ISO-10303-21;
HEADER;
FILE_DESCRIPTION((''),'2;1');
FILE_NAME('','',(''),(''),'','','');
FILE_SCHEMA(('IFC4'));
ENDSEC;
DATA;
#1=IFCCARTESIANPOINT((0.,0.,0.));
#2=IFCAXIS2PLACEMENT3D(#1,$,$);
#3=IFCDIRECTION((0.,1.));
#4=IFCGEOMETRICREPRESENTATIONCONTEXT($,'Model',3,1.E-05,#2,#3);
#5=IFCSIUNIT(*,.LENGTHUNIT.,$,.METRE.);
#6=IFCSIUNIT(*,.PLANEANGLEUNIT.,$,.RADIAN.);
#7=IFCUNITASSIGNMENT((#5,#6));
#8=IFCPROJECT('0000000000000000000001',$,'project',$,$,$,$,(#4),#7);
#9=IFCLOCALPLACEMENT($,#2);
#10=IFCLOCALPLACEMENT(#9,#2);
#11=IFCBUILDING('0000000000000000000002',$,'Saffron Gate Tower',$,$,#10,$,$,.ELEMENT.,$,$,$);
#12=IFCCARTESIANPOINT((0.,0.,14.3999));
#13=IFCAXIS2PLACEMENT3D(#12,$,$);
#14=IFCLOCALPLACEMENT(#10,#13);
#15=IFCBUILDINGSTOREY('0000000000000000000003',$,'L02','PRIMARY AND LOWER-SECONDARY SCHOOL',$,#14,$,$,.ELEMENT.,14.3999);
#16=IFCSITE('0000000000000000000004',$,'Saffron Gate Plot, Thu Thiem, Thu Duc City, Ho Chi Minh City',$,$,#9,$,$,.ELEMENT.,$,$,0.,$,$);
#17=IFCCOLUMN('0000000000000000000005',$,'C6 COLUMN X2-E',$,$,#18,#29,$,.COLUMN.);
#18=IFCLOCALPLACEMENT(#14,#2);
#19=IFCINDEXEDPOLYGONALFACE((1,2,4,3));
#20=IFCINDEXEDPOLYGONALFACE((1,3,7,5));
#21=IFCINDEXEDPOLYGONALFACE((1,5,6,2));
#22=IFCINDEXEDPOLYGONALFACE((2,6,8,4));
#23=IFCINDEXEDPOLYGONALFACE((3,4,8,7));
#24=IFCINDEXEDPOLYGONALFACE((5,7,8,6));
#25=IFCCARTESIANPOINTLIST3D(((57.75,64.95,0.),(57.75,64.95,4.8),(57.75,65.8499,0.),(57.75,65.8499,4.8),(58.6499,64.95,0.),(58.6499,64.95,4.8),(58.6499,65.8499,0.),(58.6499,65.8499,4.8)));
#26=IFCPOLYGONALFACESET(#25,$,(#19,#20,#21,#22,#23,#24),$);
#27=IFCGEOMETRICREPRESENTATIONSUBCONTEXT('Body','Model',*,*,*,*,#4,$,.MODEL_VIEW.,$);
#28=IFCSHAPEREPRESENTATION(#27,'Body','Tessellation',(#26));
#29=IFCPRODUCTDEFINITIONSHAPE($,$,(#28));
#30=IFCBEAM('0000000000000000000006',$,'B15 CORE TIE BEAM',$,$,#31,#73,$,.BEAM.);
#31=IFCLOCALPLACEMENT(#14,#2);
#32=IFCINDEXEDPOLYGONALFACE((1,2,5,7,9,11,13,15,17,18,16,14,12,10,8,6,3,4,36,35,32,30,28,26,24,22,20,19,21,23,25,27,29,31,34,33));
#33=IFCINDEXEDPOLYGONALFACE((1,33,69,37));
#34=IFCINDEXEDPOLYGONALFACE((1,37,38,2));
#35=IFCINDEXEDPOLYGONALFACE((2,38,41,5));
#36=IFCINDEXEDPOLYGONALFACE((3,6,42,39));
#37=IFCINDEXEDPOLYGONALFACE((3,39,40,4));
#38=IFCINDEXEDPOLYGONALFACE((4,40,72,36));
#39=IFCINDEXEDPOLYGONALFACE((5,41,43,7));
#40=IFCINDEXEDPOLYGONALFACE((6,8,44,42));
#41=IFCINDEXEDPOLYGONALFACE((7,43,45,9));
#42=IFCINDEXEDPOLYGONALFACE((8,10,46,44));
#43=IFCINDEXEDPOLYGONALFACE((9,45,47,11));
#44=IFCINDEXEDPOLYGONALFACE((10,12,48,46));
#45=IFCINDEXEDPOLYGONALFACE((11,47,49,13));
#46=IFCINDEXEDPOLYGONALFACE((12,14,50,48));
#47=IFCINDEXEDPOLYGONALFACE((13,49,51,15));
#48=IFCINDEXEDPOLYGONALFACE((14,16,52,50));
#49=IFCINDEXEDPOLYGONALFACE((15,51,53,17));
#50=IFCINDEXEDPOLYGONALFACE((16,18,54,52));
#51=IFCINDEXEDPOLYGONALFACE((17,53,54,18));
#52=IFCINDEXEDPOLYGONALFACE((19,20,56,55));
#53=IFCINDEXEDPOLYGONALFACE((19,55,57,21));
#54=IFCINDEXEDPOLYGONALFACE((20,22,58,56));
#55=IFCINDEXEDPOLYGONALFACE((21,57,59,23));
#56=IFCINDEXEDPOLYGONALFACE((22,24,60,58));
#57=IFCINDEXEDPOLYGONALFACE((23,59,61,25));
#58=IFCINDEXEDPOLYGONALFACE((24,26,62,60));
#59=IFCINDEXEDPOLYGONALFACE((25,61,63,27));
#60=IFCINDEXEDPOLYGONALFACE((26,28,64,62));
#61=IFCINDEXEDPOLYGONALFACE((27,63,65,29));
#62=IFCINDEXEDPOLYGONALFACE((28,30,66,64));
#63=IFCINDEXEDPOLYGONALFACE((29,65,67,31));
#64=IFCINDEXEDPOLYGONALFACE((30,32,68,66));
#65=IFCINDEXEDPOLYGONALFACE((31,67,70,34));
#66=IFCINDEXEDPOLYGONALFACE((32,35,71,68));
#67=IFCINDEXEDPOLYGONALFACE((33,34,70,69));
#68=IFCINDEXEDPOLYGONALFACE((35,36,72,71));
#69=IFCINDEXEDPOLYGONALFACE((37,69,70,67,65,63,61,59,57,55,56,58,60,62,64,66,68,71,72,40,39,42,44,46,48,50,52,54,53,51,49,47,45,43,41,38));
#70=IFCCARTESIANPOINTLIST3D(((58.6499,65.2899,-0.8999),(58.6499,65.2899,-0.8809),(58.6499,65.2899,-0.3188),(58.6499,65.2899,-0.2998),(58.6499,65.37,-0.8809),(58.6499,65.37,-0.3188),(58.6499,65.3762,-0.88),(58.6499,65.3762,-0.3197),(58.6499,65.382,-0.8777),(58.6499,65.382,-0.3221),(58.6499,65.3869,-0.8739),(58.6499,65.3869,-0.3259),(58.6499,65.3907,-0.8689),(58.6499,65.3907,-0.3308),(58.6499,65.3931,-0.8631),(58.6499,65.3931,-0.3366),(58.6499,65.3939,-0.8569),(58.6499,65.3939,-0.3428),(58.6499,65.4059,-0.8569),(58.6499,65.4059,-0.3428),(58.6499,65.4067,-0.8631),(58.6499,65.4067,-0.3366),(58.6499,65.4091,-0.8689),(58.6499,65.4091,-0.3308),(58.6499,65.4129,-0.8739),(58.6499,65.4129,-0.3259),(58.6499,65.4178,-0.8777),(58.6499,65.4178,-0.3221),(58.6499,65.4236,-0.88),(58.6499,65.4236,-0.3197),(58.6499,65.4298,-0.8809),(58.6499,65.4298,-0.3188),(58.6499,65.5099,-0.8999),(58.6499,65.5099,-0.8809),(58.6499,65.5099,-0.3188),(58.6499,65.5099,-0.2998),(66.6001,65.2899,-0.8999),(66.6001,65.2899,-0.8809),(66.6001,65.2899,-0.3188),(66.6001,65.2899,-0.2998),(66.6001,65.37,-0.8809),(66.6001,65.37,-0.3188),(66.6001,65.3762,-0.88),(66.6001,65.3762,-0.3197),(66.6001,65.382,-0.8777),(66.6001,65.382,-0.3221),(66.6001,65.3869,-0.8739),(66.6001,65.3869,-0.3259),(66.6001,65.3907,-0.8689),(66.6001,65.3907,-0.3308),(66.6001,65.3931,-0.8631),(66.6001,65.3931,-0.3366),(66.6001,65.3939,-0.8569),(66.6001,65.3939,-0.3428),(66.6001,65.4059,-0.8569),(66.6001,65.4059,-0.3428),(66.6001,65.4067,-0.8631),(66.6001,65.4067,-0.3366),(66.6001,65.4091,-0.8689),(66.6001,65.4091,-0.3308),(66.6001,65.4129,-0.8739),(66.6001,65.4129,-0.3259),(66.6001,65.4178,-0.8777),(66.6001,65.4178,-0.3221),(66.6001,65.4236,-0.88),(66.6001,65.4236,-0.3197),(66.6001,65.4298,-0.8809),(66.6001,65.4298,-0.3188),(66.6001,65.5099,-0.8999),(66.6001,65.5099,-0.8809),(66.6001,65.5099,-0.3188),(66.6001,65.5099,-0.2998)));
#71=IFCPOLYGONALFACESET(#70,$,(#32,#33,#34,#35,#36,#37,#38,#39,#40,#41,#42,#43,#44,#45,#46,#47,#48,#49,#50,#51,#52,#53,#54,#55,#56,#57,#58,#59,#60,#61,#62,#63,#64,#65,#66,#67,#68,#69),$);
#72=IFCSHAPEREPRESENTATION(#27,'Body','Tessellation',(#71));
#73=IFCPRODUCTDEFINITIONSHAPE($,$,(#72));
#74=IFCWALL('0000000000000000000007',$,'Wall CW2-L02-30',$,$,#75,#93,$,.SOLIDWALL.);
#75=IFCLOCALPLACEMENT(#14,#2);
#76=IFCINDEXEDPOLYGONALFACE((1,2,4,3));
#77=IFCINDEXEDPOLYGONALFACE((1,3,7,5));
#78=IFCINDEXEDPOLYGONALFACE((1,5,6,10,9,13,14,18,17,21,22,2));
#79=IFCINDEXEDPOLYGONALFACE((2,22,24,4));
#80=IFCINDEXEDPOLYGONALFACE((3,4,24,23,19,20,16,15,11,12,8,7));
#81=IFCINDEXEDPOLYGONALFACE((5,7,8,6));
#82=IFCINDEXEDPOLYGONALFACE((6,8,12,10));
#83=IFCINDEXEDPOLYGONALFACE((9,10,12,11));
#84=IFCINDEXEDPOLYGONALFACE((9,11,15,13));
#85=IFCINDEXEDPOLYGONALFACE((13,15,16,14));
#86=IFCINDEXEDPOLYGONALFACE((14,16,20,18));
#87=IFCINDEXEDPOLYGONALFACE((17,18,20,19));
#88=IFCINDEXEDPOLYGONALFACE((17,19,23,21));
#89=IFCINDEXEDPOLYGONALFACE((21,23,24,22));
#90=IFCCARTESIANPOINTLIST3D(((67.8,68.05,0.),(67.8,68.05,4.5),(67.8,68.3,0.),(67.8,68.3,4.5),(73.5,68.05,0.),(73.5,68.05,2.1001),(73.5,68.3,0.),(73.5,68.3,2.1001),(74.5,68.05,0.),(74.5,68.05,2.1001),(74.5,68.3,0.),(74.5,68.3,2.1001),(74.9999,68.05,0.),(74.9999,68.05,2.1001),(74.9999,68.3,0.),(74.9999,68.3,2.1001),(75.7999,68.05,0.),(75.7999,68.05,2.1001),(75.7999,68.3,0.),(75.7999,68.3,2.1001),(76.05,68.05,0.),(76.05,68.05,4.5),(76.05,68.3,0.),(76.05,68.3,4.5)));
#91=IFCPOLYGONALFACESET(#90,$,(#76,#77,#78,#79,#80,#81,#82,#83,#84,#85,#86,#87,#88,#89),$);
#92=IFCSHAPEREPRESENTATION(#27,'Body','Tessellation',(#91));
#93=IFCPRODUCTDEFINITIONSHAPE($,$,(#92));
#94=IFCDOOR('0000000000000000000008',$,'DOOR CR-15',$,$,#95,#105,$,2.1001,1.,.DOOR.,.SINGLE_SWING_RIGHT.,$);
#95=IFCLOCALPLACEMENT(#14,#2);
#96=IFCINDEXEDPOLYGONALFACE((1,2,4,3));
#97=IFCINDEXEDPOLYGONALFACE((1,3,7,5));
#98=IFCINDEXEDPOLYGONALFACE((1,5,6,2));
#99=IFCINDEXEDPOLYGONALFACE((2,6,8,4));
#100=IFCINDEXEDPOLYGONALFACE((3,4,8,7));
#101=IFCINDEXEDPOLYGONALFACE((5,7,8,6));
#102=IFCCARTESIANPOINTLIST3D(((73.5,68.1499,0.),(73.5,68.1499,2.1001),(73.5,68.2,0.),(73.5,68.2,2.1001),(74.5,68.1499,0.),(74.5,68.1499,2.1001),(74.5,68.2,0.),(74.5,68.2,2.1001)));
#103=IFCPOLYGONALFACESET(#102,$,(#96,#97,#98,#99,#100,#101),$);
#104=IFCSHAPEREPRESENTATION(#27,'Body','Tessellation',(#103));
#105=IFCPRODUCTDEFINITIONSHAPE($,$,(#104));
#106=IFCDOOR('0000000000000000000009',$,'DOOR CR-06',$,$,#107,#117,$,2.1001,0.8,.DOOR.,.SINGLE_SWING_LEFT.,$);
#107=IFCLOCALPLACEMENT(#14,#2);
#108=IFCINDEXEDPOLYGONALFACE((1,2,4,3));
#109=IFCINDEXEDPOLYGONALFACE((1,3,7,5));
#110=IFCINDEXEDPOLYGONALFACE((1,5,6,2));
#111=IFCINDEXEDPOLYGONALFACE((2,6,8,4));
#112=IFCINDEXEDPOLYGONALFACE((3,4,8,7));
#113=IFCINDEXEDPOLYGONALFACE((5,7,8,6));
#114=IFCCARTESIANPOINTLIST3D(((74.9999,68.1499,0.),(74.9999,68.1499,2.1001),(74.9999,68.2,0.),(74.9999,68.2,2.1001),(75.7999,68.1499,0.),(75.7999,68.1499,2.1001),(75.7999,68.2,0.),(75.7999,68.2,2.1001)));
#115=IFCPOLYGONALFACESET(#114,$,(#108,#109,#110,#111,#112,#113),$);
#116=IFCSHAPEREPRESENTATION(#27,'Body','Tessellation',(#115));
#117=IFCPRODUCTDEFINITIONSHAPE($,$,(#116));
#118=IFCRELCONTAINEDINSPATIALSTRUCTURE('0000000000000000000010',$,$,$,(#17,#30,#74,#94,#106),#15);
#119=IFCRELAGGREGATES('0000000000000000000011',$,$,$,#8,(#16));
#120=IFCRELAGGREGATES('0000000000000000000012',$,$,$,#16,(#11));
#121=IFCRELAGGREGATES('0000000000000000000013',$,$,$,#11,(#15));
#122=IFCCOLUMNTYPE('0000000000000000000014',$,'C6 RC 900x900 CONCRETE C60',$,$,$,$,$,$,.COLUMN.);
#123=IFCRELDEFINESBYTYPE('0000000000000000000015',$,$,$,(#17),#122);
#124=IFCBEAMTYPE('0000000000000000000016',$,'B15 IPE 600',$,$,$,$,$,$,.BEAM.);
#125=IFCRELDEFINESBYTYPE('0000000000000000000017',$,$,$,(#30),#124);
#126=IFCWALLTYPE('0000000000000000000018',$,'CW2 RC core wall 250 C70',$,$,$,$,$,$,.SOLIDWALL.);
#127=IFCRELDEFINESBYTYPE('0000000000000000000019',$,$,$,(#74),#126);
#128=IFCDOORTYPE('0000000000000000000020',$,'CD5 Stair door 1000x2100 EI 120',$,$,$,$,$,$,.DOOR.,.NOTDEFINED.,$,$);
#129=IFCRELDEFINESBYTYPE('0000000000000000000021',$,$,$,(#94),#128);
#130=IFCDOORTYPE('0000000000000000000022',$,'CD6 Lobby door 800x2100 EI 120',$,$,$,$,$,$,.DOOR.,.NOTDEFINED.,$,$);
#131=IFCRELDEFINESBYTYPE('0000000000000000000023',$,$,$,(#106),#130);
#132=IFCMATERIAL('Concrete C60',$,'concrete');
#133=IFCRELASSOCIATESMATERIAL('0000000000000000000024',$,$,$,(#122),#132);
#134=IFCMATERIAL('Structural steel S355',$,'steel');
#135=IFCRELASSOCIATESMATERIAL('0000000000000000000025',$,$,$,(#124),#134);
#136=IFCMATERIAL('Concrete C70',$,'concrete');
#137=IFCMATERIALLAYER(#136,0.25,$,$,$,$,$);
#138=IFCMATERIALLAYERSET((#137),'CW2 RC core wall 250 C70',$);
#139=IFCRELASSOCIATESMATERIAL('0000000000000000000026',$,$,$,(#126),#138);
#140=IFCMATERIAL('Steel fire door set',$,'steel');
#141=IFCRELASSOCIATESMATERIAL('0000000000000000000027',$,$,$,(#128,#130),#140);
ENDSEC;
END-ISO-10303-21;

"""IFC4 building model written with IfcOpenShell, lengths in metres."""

from ifc_helpers import new_model, si_unit, direction, frame, frame_2d, origin, origin_2d, place, context, subcontext, project, spatial, rectangle, i_section, extrude, material, layer, layer_set, material_profile, profile_set, type_object, element, fill, save


model = new_model("IFC4")

# Units and contexts
model_context = context("Model", 3, precision=1e-05, world=origin(), true_north=direction((0.0, 1.0)))
body_context = subcontext(model_context, "Body", "Model", "MODEL_VIEW")
ifc_project = project(units=[si_unit("LENGTHUNIT", "METRE"), si_unit("PLANEANGLEUNIT", "RADIAN")], contexts=[model_context])

# Site, building, storey
site_placement = place(None, origin())
site = spatial("IfcSite", under=ifc_project, at=site_placement, Name="Saffron Gate Plot, Thu Thiem, Thu Duc City, Ho Chi Minh City", CompositionType="ELEMENT", RefElevation=0.0)
building_placement = place(site_placement, origin())
building = spatial("IfcBuilding", under=site, at=building_placement, Name="Saffron Gate Tower", CompositionType="ELEMENT")
storey_placement = place(building_placement, frame((0.0, 0.0, 14.3999)))
storey = spatial("IfcBuildingStorey", under=building, at=storey_placement, Name="L02", Description="PRIMARY AND LOWER-SECONDARY SCHOOL", CompositionType="ELEMENT", Elevation=14.3999)

# Column
ifc_material_1 = material(Name="Concrete C60", Category="concrete")
ifc_material_profile_1 = material_profile(ifc_material_1, rectangle(XDim=0.8999, YDim=0.8999, at=origin_2d()))
ifc_profile_set_1 = profile_set([ifc_material_profile_1], Name="Concrete C60")
column_type = type_object("IfcColumnType", Name="C6 RC 900x900 CONCRETE C60", PredefinedType="COLUMN", material=ifc_profile_set_1)
column_placement = place(storey_placement, frame((58.2, 65.3999, 0.0), z_axis=(0.0, 0.0, 1.0), x_axis=(1.0, 0.0, 0.0)))
element("IfcColumn", 1, at=column_placement, inside=storey, type_object=column_type, Name="C6 COLUMN X2-E", PredefinedType="COLUMN", context=body_context, shape_type="SweptSolid", body=[
    extrude(rectangle(XDim=0.8999, YDim=0.8999, at=origin_2d()), origin(), (0.0, 0.0, 1.0), 4.8),
])

# Beam
ifc_material_2 = material(Name="Structural steel S355", Category="steel")
ifc_material_profile_2 = material_profile(ifc_material_2, i_section(OverallWidth=0.22, OverallDepth=0.6001, WebThickness=0.012, FlangeThickness=0.019, FilletRadius=0.0239, at=origin_2d()))
ifc_profile_set_2 = profile_set([ifc_material_profile_2], Name="Structural steel S355")
beam_type = type_object("IfcBeamType", Name="B15 IPE 600", PredefinedType="BEAM", material=ifc_profile_set_2)
beam_placement = place(storey_placement, frame((58.6499, 65.3999, -0.5999), z_axis=(1.0, 0.0, 0.0), x_axis=(0.0, 1.0, 0.0)))
element("IfcBeam", 2, at=beam_placement, inside=storey, type_object=beam_type, Name="B15 CORE TIE BEAM", PredefinedType="BEAM", context=body_context, shape_type="SweptSolid", body=[
    extrude(i_section(OverallWidth=0.22, OverallDepth=0.6001, WebThickness=0.012, FlangeThickness=0.019, FilletRadius=0.0239, at=origin_2d()), origin(), (0.0, 0.0, 1.0), 7.9502),
])

# Wall, openings, doors
ifc_material_3 = material(Name="Concrete C70", Category="concrete")
ifc_layer_1 = layer(ifc_material_3, 0.25)
ifc_layer_set_1 = layer_set([ifc_layer_1], Name="CW2 RC core wall 250 C70")
wall_type_1 = type_object("IfcWallType", Name="CW2 RC core wall 250 C70", PredefinedType="SOLIDWALL", material=ifc_layer_set_1)
wall_1_placement = place(storey_placement, frame((67.8, 68.175, 0.0), z_axis=(0.0, 0.0, 1.0), x_axis=(1.0, 0.0, 0.0)))
wall_1 = element("IfcWall", 3, at=wall_1_placement, inside=storey, type_object=wall_type_1, Name="Wall CW2-L02-30", PredefinedType="SOLIDWALL", context=body_context, shape_type="SweptSolid", body=[
    extrude(rectangle(XDim=8.25, YDim=0.25, at=frame_2d((4.125, 0.0))), origin(), (0.0, 0.0, 1.0), 4.5),
])
opening_1_placement = place(wall_1_placement, frame((5.7, 0.0, 0.0)))
opening_1 = element("IfcOpeningElement", 4, at=opening_1_placement, cuts=wall_1, PredefinedType="OPENING", context=body_context, shape_type="SweptSolid", body=[
    extrude(rectangle(XDim=1.0, YDim=2.1001, at=frame_2d((0.5, 1.05))), frame((0.0, 0.135, 0.0), z_axis=(0.0, -1.0, 0.0), x_axis=(1.0, 0.0, 0.0)), (0.0, 0.0, 1.0), 0.27),
])
opening_2_placement = place(wall_1_placement, frame((7.2, 0.0, 0.0)))
opening_2 = element("IfcOpeningElement", 5, at=opening_2_placement, cuts=wall_1, PredefinedType="OPENING", context=body_context, shape_type="SweptSolid", body=[
    extrude(rectangle(XDim=0.8, YDim=2.1001, at=frame_2d((0.3999, 1.05))), frame((0.0, 0.135, 0.0), z_axis=(0.0, -1.0, 0.0), x_axis=(1.0, 0.0, 0.0)), (0.0, 0.0, 1.0), 0.27),
])
ifc_material_4 = material(Name="Steel fire door set", Category="steel")
door_type_1 = type_object("IfcDoorType", Name="CD5 Stair door 1000x2100 EI 120", OperationType="NOTDEFINED", PredefinedType="DOOR", material=ifc_material_4)
door_1_placement = place(opening_1_placement, origin())
door_1 = element("IfcDoor", 6, at=door_1_placement, inside=storey, type_object=door_type_1, Name="DOOR CR-15", OperationType="SINGLE_SWING_RIGHT", OverallHeight=2.1001, OverallWidth=1.0, PredefinedType="DOOR", context=body_context, shape_type="SweptSolid", body=[
    extrude(rectangle(XDim=1.0, YDim=2.1001, at=frame_2d((0.5, 1.05))), frame((0.0, 0.0249, 0.0), z_axis=(0.0, -1.0, 0.0), x_axis=(1.0, 0.0, 0.0)), (0.0, 0.0, 1.0), 0.05),
])
fill(opening_1, door_1)
door_type_2 = type_object("IfcDoorType", Name="CD6 Lobby door 800x2100 EI 120", OperationType="NOTDEFINED", PredefinedType="DOOR", material=ifc_material_4)
door_2_placement = place(opening_2_placement, origin())
door_2 = element("IfcDoor", 7, at=door_2_placement, inside=storey, type_object=door_type_2, Name="DOOR CR-06", OperationType="SINGLE_SWING_LEFT", OverallHeight=2.1001, OverallWidth=0.8, PredefinedType="DOOR", context=body_context, shape_type="SweptSolid", body=[
    extrude(rectangle(XDim=0.8, YDim=2.1001, at=frame_2d((0.3999, 1.05))), frame((0.0, 0.0249, 0.0), z_axis=(0.0, -1.0, 0.0), x_axis=(1.0, 0.0, 0.0)), (0.0, 0.0, 1.0), 0.05),
])
fill(opening_2, door_2)

save(model, "model.ifc")
